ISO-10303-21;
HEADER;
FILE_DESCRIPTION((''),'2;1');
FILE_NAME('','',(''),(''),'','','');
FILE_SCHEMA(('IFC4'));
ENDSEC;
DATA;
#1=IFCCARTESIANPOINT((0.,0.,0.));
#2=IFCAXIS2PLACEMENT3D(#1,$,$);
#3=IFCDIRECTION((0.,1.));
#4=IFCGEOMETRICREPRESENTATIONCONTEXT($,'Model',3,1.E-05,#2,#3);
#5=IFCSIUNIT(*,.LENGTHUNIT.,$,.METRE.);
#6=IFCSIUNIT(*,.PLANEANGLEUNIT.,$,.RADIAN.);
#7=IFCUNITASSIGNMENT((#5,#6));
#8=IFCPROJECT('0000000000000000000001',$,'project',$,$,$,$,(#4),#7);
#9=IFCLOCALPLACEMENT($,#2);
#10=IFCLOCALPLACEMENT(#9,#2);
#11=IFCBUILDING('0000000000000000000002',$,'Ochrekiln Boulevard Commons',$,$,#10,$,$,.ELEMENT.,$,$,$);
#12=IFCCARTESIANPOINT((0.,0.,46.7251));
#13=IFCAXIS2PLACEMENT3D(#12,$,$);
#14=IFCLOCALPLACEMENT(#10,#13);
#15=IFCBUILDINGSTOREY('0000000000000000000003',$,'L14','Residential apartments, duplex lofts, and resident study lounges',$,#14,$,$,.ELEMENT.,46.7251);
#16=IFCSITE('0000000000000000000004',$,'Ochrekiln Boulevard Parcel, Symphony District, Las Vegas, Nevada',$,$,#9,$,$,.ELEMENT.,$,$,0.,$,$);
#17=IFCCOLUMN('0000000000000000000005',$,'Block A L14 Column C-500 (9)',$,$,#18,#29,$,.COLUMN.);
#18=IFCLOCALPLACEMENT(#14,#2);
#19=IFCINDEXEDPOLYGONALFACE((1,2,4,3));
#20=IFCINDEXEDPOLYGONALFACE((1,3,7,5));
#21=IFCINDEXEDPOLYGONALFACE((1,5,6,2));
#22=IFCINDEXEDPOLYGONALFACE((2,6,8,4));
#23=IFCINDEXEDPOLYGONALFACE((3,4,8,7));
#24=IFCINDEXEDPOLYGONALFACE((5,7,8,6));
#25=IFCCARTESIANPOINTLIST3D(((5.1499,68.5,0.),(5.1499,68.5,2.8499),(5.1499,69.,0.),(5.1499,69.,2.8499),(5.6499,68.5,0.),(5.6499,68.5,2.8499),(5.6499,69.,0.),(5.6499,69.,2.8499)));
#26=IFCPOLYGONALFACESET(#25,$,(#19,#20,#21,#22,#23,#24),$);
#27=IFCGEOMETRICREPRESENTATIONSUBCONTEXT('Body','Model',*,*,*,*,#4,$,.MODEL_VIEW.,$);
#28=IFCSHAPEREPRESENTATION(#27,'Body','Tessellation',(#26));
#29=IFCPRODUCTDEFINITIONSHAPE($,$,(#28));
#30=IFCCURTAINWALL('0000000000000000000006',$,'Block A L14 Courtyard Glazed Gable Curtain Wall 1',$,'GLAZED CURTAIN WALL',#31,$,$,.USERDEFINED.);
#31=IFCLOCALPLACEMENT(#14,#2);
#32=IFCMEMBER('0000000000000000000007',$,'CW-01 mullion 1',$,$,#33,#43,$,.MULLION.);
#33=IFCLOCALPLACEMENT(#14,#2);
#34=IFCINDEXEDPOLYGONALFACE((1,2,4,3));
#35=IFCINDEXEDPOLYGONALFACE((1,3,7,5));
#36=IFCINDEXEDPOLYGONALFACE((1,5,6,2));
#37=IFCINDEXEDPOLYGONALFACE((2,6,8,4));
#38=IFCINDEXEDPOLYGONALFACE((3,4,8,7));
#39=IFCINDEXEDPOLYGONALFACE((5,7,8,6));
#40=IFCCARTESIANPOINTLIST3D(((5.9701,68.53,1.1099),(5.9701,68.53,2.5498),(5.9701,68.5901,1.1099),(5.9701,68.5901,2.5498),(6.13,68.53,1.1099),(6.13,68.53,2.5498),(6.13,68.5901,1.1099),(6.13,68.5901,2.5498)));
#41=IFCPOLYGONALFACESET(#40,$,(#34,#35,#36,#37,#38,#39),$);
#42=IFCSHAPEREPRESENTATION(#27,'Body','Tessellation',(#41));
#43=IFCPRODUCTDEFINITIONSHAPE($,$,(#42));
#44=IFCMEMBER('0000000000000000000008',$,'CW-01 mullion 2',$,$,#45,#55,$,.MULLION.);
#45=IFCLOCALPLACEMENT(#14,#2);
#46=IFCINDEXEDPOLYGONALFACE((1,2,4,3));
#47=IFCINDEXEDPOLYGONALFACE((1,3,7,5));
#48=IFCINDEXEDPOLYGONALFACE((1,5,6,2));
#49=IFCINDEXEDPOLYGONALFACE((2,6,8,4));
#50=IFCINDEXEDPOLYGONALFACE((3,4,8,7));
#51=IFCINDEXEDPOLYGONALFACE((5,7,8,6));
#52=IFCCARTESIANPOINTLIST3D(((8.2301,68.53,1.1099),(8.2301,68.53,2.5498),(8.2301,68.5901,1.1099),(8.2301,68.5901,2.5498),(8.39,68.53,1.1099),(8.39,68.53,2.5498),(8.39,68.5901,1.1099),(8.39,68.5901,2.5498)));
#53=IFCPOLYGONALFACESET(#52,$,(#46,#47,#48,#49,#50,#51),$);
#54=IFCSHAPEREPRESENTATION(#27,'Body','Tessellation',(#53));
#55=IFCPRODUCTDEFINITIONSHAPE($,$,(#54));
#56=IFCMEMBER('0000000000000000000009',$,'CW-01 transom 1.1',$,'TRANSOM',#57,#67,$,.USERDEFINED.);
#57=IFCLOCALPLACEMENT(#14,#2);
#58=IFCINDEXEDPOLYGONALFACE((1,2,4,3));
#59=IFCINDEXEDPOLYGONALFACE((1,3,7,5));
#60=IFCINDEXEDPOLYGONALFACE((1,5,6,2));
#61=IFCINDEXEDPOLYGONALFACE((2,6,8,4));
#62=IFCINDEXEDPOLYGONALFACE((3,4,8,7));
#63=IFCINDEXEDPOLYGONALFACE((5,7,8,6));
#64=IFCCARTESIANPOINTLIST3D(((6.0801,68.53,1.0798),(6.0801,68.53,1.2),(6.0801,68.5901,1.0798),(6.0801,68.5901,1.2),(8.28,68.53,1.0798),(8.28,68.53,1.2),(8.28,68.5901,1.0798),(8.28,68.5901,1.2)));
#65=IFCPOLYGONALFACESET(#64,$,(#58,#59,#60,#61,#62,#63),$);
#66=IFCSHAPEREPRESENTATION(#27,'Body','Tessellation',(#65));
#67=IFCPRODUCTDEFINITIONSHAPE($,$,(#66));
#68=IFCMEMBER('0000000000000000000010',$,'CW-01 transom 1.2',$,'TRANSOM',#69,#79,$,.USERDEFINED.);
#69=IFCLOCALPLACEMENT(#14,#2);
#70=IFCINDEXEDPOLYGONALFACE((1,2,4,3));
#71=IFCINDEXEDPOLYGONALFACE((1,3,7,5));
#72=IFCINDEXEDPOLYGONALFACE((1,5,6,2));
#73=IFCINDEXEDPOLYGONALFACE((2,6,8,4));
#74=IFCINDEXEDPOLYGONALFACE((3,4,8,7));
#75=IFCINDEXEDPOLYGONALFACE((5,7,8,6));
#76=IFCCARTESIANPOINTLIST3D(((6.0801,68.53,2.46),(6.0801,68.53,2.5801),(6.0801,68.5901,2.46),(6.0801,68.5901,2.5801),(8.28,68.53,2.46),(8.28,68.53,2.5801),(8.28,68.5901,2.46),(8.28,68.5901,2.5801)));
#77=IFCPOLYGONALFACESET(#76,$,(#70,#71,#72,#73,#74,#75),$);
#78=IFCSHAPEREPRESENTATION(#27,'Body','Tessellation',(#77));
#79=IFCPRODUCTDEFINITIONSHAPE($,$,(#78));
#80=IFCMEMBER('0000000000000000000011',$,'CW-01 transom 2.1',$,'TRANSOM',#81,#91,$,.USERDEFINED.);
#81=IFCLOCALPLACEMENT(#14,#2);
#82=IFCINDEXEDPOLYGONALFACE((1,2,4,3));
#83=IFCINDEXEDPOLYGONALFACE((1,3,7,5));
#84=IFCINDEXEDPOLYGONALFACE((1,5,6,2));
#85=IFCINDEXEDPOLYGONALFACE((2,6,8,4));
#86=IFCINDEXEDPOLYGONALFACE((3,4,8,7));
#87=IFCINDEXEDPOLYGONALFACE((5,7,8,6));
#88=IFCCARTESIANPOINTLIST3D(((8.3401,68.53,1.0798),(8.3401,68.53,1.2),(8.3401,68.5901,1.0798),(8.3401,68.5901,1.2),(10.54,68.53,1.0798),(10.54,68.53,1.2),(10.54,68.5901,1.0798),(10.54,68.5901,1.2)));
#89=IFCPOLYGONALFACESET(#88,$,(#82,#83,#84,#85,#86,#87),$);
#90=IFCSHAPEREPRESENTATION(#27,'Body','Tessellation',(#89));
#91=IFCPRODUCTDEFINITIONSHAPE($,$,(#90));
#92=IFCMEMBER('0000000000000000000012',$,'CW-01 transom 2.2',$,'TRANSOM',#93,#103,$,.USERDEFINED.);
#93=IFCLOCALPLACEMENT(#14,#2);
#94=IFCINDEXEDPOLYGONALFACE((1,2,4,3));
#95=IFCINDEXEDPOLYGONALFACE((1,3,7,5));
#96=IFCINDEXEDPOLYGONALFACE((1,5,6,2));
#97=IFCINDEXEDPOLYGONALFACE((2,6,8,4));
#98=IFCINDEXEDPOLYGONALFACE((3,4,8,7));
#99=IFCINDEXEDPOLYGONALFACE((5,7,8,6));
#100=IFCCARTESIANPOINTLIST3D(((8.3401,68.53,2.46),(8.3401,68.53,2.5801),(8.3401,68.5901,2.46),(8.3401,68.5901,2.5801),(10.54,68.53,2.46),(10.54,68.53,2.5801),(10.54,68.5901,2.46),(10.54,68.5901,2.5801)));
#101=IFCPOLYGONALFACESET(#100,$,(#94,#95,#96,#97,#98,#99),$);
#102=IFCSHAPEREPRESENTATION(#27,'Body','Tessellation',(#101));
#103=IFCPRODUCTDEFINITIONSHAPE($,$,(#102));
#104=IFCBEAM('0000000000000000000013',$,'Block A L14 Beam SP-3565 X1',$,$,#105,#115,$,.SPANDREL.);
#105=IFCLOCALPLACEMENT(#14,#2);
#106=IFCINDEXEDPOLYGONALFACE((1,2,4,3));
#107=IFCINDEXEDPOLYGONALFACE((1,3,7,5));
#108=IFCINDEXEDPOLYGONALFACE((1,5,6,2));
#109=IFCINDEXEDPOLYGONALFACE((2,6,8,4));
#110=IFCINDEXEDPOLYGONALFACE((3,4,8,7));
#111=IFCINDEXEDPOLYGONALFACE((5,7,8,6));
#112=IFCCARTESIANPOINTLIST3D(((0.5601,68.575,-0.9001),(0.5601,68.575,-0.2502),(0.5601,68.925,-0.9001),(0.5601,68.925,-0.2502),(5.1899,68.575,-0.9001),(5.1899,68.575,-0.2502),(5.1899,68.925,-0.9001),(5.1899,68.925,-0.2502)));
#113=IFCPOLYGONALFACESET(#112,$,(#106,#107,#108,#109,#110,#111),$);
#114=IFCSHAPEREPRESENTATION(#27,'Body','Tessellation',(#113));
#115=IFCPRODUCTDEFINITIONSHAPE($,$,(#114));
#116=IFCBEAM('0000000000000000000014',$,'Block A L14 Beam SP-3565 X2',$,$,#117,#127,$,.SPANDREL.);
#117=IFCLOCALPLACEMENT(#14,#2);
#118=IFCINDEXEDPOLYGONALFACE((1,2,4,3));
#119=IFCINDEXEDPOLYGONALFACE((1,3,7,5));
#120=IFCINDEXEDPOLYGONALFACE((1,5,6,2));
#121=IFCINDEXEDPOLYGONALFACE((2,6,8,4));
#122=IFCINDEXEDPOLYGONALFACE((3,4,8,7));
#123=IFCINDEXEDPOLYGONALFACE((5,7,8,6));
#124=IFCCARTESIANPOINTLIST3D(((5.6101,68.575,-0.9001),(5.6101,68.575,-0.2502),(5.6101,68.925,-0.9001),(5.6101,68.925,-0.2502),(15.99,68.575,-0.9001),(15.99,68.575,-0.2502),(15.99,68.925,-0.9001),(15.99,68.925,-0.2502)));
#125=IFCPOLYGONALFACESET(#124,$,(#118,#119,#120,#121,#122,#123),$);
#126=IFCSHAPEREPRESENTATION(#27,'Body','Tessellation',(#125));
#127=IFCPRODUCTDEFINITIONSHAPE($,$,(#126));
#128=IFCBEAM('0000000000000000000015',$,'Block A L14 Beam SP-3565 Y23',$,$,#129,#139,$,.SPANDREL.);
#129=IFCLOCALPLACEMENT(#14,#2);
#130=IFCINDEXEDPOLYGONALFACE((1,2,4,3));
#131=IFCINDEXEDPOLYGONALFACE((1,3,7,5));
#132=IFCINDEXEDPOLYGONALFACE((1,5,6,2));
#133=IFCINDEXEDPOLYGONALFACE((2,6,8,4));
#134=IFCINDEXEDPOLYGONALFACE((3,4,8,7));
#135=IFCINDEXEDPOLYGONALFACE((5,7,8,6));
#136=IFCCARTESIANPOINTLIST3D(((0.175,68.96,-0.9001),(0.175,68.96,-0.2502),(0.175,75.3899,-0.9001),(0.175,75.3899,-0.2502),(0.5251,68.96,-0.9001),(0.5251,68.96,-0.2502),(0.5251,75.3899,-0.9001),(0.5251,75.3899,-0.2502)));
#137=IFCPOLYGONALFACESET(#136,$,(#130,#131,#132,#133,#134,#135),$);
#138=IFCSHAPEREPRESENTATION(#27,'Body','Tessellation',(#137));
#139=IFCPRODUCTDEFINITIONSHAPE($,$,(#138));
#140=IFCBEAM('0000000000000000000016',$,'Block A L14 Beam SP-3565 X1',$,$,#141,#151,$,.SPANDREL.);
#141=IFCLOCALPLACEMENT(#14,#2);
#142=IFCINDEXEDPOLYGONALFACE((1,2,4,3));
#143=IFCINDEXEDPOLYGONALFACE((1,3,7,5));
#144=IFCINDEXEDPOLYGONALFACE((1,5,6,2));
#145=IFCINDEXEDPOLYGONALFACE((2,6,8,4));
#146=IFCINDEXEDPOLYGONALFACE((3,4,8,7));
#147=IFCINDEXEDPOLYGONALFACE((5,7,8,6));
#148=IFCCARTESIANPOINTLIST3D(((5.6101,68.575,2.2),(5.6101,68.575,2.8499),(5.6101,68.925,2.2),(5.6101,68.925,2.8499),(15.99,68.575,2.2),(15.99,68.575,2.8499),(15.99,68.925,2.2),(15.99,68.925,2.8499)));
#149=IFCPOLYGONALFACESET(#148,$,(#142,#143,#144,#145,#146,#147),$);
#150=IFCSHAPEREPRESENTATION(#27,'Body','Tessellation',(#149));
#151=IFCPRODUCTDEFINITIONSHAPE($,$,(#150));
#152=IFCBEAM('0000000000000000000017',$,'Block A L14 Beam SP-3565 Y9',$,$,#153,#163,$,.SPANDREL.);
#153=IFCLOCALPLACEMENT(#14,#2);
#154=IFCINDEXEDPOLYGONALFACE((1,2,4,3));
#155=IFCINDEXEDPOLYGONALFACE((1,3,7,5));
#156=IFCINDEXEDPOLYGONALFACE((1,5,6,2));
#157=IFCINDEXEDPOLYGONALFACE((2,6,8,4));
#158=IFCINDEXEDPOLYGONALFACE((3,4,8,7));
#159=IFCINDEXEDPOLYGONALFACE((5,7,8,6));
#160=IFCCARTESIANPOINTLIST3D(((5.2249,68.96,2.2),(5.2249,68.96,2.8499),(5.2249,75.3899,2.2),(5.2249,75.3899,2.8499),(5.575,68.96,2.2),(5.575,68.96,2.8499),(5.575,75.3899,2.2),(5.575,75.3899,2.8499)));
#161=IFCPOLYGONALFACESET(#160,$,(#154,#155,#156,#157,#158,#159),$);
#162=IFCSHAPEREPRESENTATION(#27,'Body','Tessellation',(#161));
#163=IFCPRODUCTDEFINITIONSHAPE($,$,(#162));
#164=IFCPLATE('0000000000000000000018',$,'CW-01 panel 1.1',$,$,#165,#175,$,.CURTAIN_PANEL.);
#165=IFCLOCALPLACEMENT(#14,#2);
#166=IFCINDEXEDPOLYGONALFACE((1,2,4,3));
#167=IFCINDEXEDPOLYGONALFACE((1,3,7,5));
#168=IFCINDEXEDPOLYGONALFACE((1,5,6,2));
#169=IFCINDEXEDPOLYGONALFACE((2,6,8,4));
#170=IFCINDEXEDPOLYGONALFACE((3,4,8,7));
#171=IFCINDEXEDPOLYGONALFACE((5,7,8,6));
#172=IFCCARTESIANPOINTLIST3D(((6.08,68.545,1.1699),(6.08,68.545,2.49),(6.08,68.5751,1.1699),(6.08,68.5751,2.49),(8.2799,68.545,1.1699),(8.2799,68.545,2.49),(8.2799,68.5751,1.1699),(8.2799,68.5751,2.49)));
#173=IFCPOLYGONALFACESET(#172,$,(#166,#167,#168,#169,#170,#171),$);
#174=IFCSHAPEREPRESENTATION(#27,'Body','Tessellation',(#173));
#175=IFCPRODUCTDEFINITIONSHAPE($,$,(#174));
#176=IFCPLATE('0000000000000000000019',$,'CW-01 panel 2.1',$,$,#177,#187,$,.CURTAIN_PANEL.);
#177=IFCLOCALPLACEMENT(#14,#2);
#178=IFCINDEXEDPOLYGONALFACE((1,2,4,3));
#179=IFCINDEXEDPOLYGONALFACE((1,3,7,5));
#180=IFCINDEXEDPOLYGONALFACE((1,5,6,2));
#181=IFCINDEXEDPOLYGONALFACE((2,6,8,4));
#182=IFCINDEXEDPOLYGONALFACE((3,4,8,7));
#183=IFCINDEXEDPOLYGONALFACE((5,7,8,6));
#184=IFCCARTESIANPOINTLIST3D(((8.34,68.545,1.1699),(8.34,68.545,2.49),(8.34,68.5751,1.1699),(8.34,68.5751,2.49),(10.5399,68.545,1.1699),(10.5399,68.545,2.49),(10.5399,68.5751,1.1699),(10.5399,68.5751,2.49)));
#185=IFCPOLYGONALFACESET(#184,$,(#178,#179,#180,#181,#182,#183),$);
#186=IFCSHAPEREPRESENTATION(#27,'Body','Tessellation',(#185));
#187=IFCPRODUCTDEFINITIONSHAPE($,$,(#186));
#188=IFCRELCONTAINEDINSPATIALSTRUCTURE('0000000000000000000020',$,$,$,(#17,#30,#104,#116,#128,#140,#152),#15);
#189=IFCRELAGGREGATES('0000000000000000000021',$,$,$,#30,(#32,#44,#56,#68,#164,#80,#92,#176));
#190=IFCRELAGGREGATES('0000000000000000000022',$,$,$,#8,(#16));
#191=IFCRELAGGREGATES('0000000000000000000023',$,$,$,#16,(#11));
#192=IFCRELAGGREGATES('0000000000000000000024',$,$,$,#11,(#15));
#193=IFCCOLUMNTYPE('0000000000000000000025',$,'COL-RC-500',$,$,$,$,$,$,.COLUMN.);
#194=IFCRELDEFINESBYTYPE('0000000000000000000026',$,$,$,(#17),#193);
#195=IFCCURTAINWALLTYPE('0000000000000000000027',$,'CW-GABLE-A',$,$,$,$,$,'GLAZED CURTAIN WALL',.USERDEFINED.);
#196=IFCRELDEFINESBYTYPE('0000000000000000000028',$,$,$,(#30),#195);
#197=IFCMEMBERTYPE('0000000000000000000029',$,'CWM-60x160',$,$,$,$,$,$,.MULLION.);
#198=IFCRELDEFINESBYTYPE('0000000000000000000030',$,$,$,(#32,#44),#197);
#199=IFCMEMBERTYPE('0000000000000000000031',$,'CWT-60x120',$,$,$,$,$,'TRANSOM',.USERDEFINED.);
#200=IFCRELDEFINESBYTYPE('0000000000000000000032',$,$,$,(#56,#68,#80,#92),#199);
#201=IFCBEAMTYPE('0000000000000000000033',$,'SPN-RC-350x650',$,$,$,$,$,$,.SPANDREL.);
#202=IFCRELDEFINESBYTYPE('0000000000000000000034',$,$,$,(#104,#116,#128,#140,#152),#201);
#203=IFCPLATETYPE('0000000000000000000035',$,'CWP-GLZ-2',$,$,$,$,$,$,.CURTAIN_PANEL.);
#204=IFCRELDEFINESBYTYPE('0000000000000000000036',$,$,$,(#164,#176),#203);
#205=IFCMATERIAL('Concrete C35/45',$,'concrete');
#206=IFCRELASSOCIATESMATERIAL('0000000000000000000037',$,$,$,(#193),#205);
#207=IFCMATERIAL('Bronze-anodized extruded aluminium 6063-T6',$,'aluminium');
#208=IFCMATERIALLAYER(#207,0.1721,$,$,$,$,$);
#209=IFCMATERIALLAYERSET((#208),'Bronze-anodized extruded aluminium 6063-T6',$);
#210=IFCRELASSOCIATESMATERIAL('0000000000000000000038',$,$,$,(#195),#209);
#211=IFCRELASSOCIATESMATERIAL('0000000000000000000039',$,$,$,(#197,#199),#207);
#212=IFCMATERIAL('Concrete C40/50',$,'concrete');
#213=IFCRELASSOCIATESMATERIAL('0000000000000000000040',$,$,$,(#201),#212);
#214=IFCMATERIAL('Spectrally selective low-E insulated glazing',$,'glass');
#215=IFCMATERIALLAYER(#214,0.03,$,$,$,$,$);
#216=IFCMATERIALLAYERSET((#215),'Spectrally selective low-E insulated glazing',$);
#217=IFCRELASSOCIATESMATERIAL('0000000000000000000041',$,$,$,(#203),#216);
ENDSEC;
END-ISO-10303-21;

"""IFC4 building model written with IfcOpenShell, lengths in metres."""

from ifc_helpers import new_model, si_unit, direction, frame, origin, origin_2d, place, context, subcontext, project, spatial, rectangle, extrude, material, layer, layer_set, material_profile, profile_set, type_object, element, aggregate, save


model = new_model("IFC4")

# Units and contexts
model_context = context("Model", 3, precision=1e-05, world=origin(), true_north=direction((0.0, 1.0)))
body_context = subcontext(model_context, "Body", "Model", "MODEL_VIEW")
ifc_project = project(units=[si_unit("LENGTHUNIT", "METRE"), si_unit("PLANEANGLEUNIT", "RADIAN")], contexts=[model_context])

# Site, building, storey
site_placement = place(None, origin())
site = spatial("IfcSite", under=ifc_project, at=site_placement, Name="Ochrekiln Boulevard Parcel, Symphony District, Las Vegas, Nevada", CompositionType="ELEMENT", RefElevation=0.0)
building_placement = place(site_placement, origin())
building = spatial("IfcBuilding", under=site, at=building_placement, Name="Ochrekiln Boulevard Commons", CompositionType="ELEMENT")
storey_placement = place(building_placement, frame((0.0, 0.0, 46.7251)))
storey = spatial("IfcBuildingStorey", under=building, at=storey_placement, Name="L14", Description="Residential apartments, duplex lofts, and resident study lounges", CompositionType="ELEMENT", Elevation=46.7251)

# Column
ifc_material_1 = material(Name="Concrete C35/45", Category="concrete")
ifc_material_profile_1 = material_profile(ifc_material_1, rectangle(XDim=0.5, YDim=0.5, at=origin_2d()), Name="RC-COL-500x500")
ifc_profile_set_1 = profile_set([ifc_material_profile_1], Name="Concrete C35/45")
column_type = type_object("IfcColumnType", Name="COL-RC-500", PredefinedType="COLUMN", material=ifc_profile_set_1)
column_placement = place(storey_placement, frame((5.3999, 68.75, 0.0), z_axis=(0.0, 0.0, 1.0), x_axis=(1.0, 0.0, 0.0)))
element("IfcColumn", 1, at=column_placement, inside=storey, type_object=column_type, Name="Block A L14 Column C-500 (9)", PredefinedType="COLUMN", context=body_context, shape_type="SweptSolid", body=[
    extrude(rectangle(XDim=0.5, YDim=0.5, at=origin_2d()), origin(), (0.0, 0.0, 1.0), 2.8499),
])

# Curtain wall, members
ifc_material_2 = material(Name="Bronze-anodized extruded aluminium 6063-T6", Category="aluminium")
ifc_layer_1 = layer(ifc_material_2, 0.1721)
ifc_layer_set_1 = layer_set([ifc_layer_1], Name="Bronze-anodized extruded aluminium 6063-T6")
curtain_wall_type = type_object("IfcCurtainWallType", Name="CW-GABLE-A", ElementType="GLAZED CURTAIN WALL", PredefinedType="USERDEFINED", material=ifc_layer_set_1)
curtain_wall_placement = place(storey_placement, origin())
curtain_wall = element("IfcCurtainWall", 2, at=curtain_wall_placement, inside=storey, type_object=curtain_wall_type, Name="Block A L14 Courtyard Glazed Gable Curtain Wall 1", ObjectType="GLAZED CURTAIN WALL", PredefinedType="USERDEFINED")
ifc_material_profile_2 = material_profile(ifc_material_2, rectangle(XDim=0.0601, YDim=0.1599, at=origin_2d()), Name="ALU-MUL-60x160")
ifc_profile_set_2 = profile_set([ifc_material_profile_2], Name="Bronze-anodized extruded aluminium 6063-T6")
member_type_1 = type_object("IfcMemberType", Name="CWM-60x160", PredefinedType="MULLION", material=ifc_profile_set_2)
member_1_placement = place(storey_placement, frame((6.05, 68.5601, 1.1099), z_axis=(0.0, 0.0, 1.0), x_axis=(0.0, 1.0, 0.0)))
member_1 = element("IfcMember", 3, at=member_1_placement, type_object=member_type_1, Name="CW-01 mullion 1", PredefinedType="MULLION", context=body_context, shape_type="SweptSolid", body=[
    extrude(rectangle(XDim=0.0601, YDim=0.1599, at=origin_2d()), origin(), (0.0, 0.0, 1.0), 1.4399),
])
member_2_placement = place(storey_placement, frame((8.3101, 68.5601, 1.1099), z_axis=(0.0, 0.0, 1.0), x_axis=(0.0, 1.0, 0.0)))
member_2 = element("IfcMember", 4, at=member_2_placement, type_object=member_type_1, Name="CW-01 mullion 2", PredefinedType="MULLION", context=body_context, shape_type="SweptSolid", body=[
    extrude(rectangle(XDim=0.0601, YDim=0.1599, at=origin_2d()), origin(), (0.0, 0.0, 1.0), 1.4399),
])
ifc_material_profile_3 = material_profile(ifc_material_2, rectangle(XDim=0.0601, YDim=0.1201, at=origin_2d()), Name="ALU-TRN-60x120")
ifc_profile_set_3 = profile_set([ifc_material_profile_3], Name="Bronze-anodized extruded aluminium 6063-T6")
member_type_2 = type_object("IfcMemberType", Name="CWT-60x120", ElementType="TRANSOM", PredefinedType="USERDEFINED", material=ifc_profile_set_3)
member_3_placement = place(storey_placement, frame((6.0801, 68.5601, 1.1399), z_axis=(1.0, 0.0, 0.0), x_axis=(0.0, 1.0, 0.0)))
member_3 = element("IfcMember", 5, at=member_3_placement, type_object=member_type_2, Name="CW-01 transom 1.1", ObjectType="TRANSOM", PredefinedType="USERDEFINED", context=body_context, shape_type="SweptSolid", body=[
    extrude(rectangle(XDim=0.0601, YDim=0.1201, at=origin_2d()), origin(), (0.0, 0.0, 1.0), 2.2),
])
member_4_placement = place(storey_placement, frame((6.0801, 68.5601, 2.52), z_axis=(1.0, 0.0, 0.0), x_axis=(0.0, 1.0, 0.0)))
member_4 = element("IfcMember", 6, at=member_4_placement, type_object=member_type_2, Name="CW-01 transom 1.2", ObjectType="TRANSOM", PredefinedType="USERDEFINED", context=body_context, shape_type="SweptSolid", body=[
    extrude(rectangle(XDim=0.0601, YDim=0.1201, at=origin_2d()), origin(), (0.0, 0.0, 1.0), 2.2),
])
member_5_placement = place(storey_placement, frame((8.3401, 68.5601, 1.1399), z_axis=(1.0, 0.0, 0.0), x_axis=(0.0, 1.0, 0.0)))
member_5 = element("IfcMember", 7, at=member_5_placement, type_object=member_type_2, Name="CW-01 transom 2.1", ObjectType="TRANSOM", PredefinedType="USERDEFINED", context=body_context, shape_type="SweptSolid", body=[
    extrude(rectangle(XDim=0.0601, YDim=0.1201, at=origin_2d()), origin(), (0.0, 0.0, 1.0), 2.2),
])
member_6_placement = place(storey_placement, frame((8.3401, 68.5601, 2.52), z_axis=(1.0, 0.0, 0.0), x_axis=(0.0, 1.0, 0.0)))
member_6 = element("IfcMember", 8, at=member_6_placement, type_object=member_type_2, Name="CW-01 transom 2.2", ObjectType="TRANSOM", PredefinedType="USERDEFINED", context=body_context, shape_type="SweptSolid", body=[
    extrude(rectangle(XDim=0.0601, YDim=0.1201, at=origin_2d()), origin(), (0.0, 0.0, 1.0), 2.2),
])

# Beams
ifc_material_3 = material(Name="Concrete C40/50", Category="concrete")
ifc_material_profile_4 = material_profile(ifc_material_3, rectangle(XDim=0.3501, YDim=0.6499, at=origin_2d()), Name="RC-SPN-350x650")
ifc_profile_set_4 = profile_set([ifc_material_profile_4], Name="Concrete C40/50")
beam_type = type_object("IfcBeamType", Name="SPN-RC-350x650", PredefinedType="SPANDREL", material=ifc_profile_set_4)
beam_1_placement = place(storey_placement, frame((0.5601, 68.75, -0.5752), z_axis=(1.0, 0.0, 0.0), x_axis=(0.0, 1.0, 0.0)))
element("IfcBeam", 9, at=beam_1_placement, inside=storey, type_object=beam_type, Name="Block A L14 Beam SP-3565 X1", PredefinedType="SPANDREL", context=body_context, shape_type="SweptSolid", body=[
    extrude(rectangle(XDim=0.3501, YDim=0.6499, at=origin_2d()), origin(), (0.0, 0.0, 1.0), 4.6299),
])
beam_2_placement = place(storey_placement, frame((5.6101, 68.75, -0.5752), z_axis=(1.0, 0.0, 0.0), x_axis=(0.0, 1.0, 0.0)))
element("IfcBeam", 10, at=beam_2_placement, inside=storey, type_object=beam_type, Name="Block A L14 Beam SP-3565 X2", PredefinedType="SPANDREL", context=body_context, shape_type="SweptSolid", body=[
    extrude(rectangle(XDim=0.3501, YDim=0.6499, at=origin_2d()), origin(), (0.0, 0.0, 1.0), 10.3799),
])
beam_3_placement = place(storey_placement, frame((0.3501, 68.96, -0.5752), z_axis=(0.0, 1.0, 0.0), x_axis=(-1.0, 0.0, 0.0)))
element("IfcBeam", 11, at=beam_3_placement, inside=storey, type_object=beam_type, Name="Block A L14 Beam SP-3565 Y23", PredefinedType="SPANDREL", context=body_context, shape_type="SweptSolid", body=[
    extrude(rectangle(XDim=0.3501, YDim=0.6499, at=origin_2d()), origin(), (0.0, 0.0, 1.0), 6.4299),
])
beam_4_placement = place(storey_placement, frame((5.6101, 68.75, 2.5249), z_axis=(1.0, 0.0, 0.0), x_axis=(0.0, 1.0, 0.0)))
element("IfcBeam", 12, at=beam_4_placement, inside=storey, type_object=beam_type, Name="Block A L14 Beam SP-3565 X1", PredefinedType="SPANDREL", context=body_context, shape_type="SweptSolid", body=[
    extrude(rectangle(XDim=0.3501, YDim=0.6499, at=origin_2d()), origin(), (0.0, 0.0, 1.0), 10.3799),
])
beam_5_placement = place(storey_placement, frame((5.3999, 68.96, 2.5249), z_axis=(0.0, 1.0, 0.0), x_axis=(-1.0, 0.0, 0.0)))
element("IfcBeam", 13, at=beam_5_placement, inside=storey, type_object=beam_type, Name="Block A L14 Beam SP-3565 Y9", PredefinedType="SPANDREL", context=body_context, shape_type="SweptSolid", body=[
    extrude(rectangle(XDim=0.3501, YDim=0.6499, at=origin_2d()), origin(), (0.0, 0.0, 1.0), 6.4299),
])

# Plates
ifc_material_4 = material(Name="Spectrally selective low-E insulated glazing", Category="glass")
ifc_layer_2 = layer(ifc_material_4, 0.03)
ifc_layer_set_2 = layer_set([ifc_layer_2], Name="Spectrally selective low-E insulated glazing")
plate_type = type_object("IfcPlateType", Name="CWP-GLZ-2", PredefinedType="CURTAIN_PANEL", material=ifc_layer_set_2)
plate_1_placement = place(storey_placement, frame((7.1799, 68.5601, 1.1699), z_axis=(0.0, 0.0, 1.0), x_axis=(1.0, 0.0, 0.0)))
plate_1 = element("IfcPlate", 14, at=plate_1_placement, type_object=plate_type, Name="CW-01 panel 1.1", PredefinedType="CURTAIN_PANEL", context=body_context, shape_type="SweptSolid", body=[
    extrude(rectangle(XDim=2.2, YDim=0.03, at=origin_2d()), origin(), (0.0, 0.0, 1.0), 1.3201),
])
plate_2_placement = place(storey_placement, frame((9.4399, 68.5601, 1.1699), z_axis=(0.0, 0.0, 1.0), x_axis=(1.0, 0.0, 0.0)))
plate_2 = element("IfcPlate", 15, at=plate_2_placement, type_object=plate_type, Name="CW-01 panel 2.1", PredefinedType="CURTAIN_PANEL", context=body_context, shape_type="SweptSolid", body=[
    extrude(rectangle(XDim=2.2, YDim=0.03, at=origin_2d()), origin(), (0.0, 0.0, 1.0), 1.3201),
])
aggregate(curtain_wall, [member_1, member_2, member_3, member_4, plate_1, member_5, member_6, plate_2])

save(model, "model.ifc")
